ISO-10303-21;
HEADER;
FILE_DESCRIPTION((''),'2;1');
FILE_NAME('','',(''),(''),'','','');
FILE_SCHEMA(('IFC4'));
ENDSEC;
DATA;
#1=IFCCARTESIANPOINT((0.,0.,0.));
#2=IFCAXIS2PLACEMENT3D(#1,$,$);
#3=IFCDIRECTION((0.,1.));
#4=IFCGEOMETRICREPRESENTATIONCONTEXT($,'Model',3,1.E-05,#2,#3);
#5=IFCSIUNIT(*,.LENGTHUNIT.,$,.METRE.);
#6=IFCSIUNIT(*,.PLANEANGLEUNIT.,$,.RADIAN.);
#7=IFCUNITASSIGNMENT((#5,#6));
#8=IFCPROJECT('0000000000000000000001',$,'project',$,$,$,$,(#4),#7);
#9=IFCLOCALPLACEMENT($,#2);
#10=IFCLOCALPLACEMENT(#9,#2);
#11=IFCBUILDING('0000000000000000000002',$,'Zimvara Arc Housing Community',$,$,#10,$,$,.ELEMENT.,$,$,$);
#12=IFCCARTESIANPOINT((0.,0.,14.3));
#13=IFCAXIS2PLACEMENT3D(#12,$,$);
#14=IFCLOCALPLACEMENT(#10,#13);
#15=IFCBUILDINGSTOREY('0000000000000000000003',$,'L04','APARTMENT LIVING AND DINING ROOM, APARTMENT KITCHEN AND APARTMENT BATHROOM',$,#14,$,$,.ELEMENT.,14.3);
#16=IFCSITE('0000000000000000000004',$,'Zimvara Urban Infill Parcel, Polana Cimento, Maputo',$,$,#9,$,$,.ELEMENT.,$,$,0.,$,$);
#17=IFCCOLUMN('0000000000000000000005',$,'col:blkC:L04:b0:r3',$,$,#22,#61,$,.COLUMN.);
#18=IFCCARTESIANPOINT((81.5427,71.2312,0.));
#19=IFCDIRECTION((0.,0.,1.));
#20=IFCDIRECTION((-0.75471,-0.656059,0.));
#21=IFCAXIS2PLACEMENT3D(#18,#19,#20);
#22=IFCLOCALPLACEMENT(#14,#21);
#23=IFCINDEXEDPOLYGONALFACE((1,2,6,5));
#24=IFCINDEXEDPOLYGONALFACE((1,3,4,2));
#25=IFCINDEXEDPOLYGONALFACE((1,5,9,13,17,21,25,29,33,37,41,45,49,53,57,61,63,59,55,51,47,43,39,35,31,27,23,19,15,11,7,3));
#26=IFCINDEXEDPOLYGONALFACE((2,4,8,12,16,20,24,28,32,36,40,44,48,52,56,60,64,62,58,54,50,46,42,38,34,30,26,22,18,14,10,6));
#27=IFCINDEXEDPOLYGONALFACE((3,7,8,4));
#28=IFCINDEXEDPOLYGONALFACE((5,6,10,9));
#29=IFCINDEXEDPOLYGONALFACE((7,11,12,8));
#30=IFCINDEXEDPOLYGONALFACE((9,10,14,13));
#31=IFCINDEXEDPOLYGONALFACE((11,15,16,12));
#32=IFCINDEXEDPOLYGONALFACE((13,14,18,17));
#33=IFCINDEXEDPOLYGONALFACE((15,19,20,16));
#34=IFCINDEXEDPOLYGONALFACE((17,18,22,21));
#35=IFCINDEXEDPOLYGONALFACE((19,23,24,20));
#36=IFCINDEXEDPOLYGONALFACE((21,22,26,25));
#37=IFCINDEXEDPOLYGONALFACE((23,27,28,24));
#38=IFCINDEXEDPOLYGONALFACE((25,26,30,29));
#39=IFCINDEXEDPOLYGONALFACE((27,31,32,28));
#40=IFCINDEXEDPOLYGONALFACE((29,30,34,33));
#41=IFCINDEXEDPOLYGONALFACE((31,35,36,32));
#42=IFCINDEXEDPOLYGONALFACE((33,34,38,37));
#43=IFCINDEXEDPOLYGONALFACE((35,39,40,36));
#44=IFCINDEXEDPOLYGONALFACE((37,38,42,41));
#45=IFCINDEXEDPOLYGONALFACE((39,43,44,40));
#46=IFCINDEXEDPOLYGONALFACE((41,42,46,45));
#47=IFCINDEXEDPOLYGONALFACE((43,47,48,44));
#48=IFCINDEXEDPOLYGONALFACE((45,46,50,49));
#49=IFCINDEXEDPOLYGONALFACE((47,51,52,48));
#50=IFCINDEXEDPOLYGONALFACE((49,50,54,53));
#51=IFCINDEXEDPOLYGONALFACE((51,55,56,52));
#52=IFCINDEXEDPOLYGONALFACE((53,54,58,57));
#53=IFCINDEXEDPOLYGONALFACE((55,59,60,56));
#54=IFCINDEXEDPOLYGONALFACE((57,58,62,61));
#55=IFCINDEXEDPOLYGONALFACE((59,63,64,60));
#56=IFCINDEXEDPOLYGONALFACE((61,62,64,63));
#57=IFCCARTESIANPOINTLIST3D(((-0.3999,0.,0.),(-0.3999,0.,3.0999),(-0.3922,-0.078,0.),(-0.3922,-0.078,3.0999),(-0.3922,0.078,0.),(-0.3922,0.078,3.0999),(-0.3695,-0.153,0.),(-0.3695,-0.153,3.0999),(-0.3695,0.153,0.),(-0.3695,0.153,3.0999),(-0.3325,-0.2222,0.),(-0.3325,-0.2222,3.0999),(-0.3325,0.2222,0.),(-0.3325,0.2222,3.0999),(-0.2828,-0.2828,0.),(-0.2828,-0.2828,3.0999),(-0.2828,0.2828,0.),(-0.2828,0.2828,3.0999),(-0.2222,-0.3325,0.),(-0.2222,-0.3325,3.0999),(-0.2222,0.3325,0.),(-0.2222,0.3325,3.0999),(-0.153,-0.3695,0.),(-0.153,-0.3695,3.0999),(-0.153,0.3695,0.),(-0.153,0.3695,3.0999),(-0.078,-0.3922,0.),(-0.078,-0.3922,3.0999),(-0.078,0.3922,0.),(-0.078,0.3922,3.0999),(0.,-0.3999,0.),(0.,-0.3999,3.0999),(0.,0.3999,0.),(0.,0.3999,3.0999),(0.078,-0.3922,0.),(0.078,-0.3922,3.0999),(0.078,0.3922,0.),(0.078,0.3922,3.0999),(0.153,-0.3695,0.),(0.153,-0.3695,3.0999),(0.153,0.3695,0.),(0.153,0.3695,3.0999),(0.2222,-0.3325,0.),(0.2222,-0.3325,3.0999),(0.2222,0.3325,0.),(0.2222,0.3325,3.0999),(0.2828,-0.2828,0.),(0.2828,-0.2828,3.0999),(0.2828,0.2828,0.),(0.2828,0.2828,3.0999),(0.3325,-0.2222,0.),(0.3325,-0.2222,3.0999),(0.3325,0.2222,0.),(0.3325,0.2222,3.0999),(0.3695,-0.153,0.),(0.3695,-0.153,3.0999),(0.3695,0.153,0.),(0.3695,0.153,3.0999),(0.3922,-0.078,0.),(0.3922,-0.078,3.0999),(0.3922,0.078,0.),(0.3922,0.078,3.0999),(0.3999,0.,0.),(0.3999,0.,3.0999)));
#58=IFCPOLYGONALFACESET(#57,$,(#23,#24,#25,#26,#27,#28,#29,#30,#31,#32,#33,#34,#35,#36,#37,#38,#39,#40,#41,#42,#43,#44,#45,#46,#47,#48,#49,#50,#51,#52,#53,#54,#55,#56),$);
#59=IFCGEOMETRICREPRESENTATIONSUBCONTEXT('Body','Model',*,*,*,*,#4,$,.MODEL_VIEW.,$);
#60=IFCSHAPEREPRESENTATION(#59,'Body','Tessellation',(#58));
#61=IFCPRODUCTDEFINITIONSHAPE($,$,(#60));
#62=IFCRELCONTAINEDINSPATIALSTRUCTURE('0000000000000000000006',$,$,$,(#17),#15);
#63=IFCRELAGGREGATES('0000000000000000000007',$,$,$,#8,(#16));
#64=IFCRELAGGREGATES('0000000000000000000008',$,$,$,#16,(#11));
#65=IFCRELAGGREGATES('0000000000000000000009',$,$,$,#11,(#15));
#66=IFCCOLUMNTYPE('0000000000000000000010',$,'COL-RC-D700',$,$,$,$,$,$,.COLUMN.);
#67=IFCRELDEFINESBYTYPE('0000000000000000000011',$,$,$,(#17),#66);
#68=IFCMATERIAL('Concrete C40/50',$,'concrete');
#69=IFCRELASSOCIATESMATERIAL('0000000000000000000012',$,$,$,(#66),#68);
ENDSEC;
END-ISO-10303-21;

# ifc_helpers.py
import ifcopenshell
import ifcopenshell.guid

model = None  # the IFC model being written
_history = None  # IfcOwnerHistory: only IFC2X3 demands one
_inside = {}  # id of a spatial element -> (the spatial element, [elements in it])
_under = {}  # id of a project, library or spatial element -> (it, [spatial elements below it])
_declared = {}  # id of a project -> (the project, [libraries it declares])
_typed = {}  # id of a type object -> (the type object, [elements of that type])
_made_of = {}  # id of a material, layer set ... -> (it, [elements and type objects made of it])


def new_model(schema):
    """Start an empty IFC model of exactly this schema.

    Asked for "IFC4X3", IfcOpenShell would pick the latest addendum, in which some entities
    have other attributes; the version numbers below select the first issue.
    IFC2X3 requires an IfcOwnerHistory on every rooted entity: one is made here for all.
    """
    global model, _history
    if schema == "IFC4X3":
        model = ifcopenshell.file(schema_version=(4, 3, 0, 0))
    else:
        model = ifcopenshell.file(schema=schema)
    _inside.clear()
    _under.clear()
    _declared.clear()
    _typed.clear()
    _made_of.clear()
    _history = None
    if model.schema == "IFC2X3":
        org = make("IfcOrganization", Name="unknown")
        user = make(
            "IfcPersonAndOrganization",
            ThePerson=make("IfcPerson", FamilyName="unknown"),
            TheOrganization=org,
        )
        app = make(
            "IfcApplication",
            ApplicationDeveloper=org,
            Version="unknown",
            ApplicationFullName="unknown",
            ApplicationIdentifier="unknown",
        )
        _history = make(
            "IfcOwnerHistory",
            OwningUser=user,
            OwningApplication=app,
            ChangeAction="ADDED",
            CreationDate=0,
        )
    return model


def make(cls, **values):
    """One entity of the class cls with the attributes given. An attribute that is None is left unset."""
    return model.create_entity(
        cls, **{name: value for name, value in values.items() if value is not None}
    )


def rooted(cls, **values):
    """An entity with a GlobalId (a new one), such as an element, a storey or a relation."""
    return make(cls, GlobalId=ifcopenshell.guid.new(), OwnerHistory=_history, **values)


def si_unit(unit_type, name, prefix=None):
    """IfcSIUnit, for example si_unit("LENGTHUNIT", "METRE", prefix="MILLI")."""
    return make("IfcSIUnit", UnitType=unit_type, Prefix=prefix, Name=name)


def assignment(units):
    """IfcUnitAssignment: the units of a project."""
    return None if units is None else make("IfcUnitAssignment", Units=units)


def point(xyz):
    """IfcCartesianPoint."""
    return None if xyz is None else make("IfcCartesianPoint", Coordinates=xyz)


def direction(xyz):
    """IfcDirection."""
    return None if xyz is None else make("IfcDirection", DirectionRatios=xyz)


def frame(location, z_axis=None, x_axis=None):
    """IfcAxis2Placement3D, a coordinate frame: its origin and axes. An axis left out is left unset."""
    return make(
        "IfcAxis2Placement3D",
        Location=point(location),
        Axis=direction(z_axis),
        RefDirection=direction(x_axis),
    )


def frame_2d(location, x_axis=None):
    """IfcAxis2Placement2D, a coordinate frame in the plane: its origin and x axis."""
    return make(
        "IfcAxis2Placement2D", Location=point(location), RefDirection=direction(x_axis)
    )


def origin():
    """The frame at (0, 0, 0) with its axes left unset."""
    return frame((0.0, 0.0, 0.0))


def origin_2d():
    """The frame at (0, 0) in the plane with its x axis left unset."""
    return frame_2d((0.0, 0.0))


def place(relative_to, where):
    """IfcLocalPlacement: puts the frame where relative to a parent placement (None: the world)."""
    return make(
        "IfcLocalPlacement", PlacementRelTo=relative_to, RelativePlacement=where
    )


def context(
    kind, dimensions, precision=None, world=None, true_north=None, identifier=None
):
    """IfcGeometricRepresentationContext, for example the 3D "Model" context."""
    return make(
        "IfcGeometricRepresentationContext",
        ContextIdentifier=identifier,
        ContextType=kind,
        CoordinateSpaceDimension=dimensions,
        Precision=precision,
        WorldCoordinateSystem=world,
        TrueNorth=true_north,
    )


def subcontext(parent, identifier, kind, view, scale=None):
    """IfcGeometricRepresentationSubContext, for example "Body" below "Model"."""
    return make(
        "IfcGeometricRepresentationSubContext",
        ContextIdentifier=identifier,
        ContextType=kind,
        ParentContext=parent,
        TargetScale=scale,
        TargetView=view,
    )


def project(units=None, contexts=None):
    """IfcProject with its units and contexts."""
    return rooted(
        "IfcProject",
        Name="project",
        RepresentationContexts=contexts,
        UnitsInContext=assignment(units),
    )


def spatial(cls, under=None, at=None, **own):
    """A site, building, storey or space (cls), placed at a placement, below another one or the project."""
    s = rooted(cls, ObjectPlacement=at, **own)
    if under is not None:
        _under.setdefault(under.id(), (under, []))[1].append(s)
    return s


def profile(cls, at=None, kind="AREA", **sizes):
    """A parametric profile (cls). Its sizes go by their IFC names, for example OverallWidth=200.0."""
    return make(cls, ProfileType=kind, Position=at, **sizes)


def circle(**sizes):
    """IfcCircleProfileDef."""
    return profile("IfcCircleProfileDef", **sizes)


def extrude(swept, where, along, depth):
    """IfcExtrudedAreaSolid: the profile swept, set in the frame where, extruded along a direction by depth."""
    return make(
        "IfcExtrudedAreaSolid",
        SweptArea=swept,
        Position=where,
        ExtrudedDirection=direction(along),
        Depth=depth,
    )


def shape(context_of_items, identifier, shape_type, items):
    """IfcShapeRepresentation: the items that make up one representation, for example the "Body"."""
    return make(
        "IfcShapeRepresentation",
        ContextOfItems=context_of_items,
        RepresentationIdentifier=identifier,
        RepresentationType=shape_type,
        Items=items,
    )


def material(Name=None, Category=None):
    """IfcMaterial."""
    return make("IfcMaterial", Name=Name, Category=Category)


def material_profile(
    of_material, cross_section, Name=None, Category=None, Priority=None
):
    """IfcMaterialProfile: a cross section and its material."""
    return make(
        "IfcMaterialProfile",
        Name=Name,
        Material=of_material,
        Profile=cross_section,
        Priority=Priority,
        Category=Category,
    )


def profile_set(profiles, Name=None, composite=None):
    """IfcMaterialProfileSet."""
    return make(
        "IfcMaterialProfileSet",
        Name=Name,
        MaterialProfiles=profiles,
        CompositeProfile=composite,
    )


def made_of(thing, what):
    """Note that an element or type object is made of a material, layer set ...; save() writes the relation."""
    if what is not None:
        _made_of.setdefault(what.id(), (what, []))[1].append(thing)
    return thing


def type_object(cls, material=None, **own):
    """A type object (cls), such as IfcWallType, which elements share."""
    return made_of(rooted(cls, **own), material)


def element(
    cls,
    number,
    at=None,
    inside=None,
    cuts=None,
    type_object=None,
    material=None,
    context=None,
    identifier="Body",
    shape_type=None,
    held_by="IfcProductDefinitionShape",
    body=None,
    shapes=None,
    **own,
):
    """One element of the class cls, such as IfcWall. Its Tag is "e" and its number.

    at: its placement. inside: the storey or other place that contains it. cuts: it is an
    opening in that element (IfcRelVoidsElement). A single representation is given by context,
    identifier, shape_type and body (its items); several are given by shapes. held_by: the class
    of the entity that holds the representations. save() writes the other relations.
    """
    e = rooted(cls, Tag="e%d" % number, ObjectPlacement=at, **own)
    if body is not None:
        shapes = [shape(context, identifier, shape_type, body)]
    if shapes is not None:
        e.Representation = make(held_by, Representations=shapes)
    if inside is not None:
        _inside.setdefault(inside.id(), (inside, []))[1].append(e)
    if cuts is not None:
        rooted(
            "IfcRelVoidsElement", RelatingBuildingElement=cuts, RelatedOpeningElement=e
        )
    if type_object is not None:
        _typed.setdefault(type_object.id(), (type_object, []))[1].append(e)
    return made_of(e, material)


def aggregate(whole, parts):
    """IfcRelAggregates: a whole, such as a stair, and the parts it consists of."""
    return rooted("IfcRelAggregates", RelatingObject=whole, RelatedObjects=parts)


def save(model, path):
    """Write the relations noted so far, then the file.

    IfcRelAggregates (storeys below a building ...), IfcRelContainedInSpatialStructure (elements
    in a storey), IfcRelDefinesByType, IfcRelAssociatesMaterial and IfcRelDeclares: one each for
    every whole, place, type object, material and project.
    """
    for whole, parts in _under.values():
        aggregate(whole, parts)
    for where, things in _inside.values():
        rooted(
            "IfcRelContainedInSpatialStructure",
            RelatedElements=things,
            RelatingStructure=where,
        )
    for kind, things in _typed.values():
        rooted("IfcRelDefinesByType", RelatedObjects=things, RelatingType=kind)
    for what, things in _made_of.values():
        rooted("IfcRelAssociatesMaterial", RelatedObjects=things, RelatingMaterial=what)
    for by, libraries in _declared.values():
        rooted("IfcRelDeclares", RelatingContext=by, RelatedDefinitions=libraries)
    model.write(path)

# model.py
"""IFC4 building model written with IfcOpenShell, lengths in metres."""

from ifc_helpers import new_model, si_unit, direction, frame, origin, origin_2d, place, context, subcontext, project, spatial, circle, extrude, material, material_profile, profile_set, type_object, element, save


model = new_model("IFC4")

# Units and contexts
model_context = context("Model", 3, precision=1e-05, world=origin(), true_north=direction((0.0, 1.0)))
body_context = subcontext(model_context, "Body", "Model", "MODEL_VIEW")
ifc_project = project(units=[si_unit("LENGTHUNIT", "METRE"), si_unit("PLANEANGLEUNIT", "RADIAN")], contexts=[model_context])

# Site, building, storey
site_placement = place(None, origin())
site = spatial("IfcSite", under=ifc_project, at=site_placement, Name="Zimvara Urban Infill Parcel, Polana Cimento, Maputo", CompositionType="ELEMENT", RefElevation=0.0)
building_placement = place(site_placement, origin())
building = spatial("IfcBuilding", under=site, at=building_placement, Name="Zimvara Arc Housing Community", CompositionType="ELEMENT")
storey_placement = place(building_placement, frame((0.0, 0.0, 14.3)))
storey = spatial("IfcBuildingStorey", under=building, at=storey_placement, Name="L04", Description="APARTMENT LIVING AND DINING ROOM, APARTMENT KITCHEN AND APARTMENT BATHROOM", CompositionType="ELEMENT", Elevation=14.3)

# Column
ifc_material_1 = material(Name="Concrete C40/50", Category="concrete")
ifc_material_profile_1 = material_profile(ifc_material_1, circle(Radius=0.3999, at=origin_2d()), Name="RC D800")
ifc_profile_set_1 = profile_set([ifc_material_profile_1], Name="Concrete C40/50")
column_type_1 = type_object("IfcColumnType", Name="COL-RC-D700", PredefinedType="COLUMN", material=ifc_profile_set_1)
column_1_placement = place(storey_placement, frame((81.5427, 71.2312, 0.0), z_axis=(0.0, 0.0, 1.0), x_axis=(-0.75471, -0.656059, 0.0)))
element("IfcColumn", 1, at=column_1_placement, inside=storey, type_object=column_type_1, Name="col:blkC:L04:b0:r3", PredefinedType="COLUMN", context=body_context, shape_type="SweptSolid", body=[
    extrude(circle(Radius=0.3999, at=origin_2d()), origin(), (0.0, 0.0, 1.0), 3.0999),
])

save(model, "model.ifc")
